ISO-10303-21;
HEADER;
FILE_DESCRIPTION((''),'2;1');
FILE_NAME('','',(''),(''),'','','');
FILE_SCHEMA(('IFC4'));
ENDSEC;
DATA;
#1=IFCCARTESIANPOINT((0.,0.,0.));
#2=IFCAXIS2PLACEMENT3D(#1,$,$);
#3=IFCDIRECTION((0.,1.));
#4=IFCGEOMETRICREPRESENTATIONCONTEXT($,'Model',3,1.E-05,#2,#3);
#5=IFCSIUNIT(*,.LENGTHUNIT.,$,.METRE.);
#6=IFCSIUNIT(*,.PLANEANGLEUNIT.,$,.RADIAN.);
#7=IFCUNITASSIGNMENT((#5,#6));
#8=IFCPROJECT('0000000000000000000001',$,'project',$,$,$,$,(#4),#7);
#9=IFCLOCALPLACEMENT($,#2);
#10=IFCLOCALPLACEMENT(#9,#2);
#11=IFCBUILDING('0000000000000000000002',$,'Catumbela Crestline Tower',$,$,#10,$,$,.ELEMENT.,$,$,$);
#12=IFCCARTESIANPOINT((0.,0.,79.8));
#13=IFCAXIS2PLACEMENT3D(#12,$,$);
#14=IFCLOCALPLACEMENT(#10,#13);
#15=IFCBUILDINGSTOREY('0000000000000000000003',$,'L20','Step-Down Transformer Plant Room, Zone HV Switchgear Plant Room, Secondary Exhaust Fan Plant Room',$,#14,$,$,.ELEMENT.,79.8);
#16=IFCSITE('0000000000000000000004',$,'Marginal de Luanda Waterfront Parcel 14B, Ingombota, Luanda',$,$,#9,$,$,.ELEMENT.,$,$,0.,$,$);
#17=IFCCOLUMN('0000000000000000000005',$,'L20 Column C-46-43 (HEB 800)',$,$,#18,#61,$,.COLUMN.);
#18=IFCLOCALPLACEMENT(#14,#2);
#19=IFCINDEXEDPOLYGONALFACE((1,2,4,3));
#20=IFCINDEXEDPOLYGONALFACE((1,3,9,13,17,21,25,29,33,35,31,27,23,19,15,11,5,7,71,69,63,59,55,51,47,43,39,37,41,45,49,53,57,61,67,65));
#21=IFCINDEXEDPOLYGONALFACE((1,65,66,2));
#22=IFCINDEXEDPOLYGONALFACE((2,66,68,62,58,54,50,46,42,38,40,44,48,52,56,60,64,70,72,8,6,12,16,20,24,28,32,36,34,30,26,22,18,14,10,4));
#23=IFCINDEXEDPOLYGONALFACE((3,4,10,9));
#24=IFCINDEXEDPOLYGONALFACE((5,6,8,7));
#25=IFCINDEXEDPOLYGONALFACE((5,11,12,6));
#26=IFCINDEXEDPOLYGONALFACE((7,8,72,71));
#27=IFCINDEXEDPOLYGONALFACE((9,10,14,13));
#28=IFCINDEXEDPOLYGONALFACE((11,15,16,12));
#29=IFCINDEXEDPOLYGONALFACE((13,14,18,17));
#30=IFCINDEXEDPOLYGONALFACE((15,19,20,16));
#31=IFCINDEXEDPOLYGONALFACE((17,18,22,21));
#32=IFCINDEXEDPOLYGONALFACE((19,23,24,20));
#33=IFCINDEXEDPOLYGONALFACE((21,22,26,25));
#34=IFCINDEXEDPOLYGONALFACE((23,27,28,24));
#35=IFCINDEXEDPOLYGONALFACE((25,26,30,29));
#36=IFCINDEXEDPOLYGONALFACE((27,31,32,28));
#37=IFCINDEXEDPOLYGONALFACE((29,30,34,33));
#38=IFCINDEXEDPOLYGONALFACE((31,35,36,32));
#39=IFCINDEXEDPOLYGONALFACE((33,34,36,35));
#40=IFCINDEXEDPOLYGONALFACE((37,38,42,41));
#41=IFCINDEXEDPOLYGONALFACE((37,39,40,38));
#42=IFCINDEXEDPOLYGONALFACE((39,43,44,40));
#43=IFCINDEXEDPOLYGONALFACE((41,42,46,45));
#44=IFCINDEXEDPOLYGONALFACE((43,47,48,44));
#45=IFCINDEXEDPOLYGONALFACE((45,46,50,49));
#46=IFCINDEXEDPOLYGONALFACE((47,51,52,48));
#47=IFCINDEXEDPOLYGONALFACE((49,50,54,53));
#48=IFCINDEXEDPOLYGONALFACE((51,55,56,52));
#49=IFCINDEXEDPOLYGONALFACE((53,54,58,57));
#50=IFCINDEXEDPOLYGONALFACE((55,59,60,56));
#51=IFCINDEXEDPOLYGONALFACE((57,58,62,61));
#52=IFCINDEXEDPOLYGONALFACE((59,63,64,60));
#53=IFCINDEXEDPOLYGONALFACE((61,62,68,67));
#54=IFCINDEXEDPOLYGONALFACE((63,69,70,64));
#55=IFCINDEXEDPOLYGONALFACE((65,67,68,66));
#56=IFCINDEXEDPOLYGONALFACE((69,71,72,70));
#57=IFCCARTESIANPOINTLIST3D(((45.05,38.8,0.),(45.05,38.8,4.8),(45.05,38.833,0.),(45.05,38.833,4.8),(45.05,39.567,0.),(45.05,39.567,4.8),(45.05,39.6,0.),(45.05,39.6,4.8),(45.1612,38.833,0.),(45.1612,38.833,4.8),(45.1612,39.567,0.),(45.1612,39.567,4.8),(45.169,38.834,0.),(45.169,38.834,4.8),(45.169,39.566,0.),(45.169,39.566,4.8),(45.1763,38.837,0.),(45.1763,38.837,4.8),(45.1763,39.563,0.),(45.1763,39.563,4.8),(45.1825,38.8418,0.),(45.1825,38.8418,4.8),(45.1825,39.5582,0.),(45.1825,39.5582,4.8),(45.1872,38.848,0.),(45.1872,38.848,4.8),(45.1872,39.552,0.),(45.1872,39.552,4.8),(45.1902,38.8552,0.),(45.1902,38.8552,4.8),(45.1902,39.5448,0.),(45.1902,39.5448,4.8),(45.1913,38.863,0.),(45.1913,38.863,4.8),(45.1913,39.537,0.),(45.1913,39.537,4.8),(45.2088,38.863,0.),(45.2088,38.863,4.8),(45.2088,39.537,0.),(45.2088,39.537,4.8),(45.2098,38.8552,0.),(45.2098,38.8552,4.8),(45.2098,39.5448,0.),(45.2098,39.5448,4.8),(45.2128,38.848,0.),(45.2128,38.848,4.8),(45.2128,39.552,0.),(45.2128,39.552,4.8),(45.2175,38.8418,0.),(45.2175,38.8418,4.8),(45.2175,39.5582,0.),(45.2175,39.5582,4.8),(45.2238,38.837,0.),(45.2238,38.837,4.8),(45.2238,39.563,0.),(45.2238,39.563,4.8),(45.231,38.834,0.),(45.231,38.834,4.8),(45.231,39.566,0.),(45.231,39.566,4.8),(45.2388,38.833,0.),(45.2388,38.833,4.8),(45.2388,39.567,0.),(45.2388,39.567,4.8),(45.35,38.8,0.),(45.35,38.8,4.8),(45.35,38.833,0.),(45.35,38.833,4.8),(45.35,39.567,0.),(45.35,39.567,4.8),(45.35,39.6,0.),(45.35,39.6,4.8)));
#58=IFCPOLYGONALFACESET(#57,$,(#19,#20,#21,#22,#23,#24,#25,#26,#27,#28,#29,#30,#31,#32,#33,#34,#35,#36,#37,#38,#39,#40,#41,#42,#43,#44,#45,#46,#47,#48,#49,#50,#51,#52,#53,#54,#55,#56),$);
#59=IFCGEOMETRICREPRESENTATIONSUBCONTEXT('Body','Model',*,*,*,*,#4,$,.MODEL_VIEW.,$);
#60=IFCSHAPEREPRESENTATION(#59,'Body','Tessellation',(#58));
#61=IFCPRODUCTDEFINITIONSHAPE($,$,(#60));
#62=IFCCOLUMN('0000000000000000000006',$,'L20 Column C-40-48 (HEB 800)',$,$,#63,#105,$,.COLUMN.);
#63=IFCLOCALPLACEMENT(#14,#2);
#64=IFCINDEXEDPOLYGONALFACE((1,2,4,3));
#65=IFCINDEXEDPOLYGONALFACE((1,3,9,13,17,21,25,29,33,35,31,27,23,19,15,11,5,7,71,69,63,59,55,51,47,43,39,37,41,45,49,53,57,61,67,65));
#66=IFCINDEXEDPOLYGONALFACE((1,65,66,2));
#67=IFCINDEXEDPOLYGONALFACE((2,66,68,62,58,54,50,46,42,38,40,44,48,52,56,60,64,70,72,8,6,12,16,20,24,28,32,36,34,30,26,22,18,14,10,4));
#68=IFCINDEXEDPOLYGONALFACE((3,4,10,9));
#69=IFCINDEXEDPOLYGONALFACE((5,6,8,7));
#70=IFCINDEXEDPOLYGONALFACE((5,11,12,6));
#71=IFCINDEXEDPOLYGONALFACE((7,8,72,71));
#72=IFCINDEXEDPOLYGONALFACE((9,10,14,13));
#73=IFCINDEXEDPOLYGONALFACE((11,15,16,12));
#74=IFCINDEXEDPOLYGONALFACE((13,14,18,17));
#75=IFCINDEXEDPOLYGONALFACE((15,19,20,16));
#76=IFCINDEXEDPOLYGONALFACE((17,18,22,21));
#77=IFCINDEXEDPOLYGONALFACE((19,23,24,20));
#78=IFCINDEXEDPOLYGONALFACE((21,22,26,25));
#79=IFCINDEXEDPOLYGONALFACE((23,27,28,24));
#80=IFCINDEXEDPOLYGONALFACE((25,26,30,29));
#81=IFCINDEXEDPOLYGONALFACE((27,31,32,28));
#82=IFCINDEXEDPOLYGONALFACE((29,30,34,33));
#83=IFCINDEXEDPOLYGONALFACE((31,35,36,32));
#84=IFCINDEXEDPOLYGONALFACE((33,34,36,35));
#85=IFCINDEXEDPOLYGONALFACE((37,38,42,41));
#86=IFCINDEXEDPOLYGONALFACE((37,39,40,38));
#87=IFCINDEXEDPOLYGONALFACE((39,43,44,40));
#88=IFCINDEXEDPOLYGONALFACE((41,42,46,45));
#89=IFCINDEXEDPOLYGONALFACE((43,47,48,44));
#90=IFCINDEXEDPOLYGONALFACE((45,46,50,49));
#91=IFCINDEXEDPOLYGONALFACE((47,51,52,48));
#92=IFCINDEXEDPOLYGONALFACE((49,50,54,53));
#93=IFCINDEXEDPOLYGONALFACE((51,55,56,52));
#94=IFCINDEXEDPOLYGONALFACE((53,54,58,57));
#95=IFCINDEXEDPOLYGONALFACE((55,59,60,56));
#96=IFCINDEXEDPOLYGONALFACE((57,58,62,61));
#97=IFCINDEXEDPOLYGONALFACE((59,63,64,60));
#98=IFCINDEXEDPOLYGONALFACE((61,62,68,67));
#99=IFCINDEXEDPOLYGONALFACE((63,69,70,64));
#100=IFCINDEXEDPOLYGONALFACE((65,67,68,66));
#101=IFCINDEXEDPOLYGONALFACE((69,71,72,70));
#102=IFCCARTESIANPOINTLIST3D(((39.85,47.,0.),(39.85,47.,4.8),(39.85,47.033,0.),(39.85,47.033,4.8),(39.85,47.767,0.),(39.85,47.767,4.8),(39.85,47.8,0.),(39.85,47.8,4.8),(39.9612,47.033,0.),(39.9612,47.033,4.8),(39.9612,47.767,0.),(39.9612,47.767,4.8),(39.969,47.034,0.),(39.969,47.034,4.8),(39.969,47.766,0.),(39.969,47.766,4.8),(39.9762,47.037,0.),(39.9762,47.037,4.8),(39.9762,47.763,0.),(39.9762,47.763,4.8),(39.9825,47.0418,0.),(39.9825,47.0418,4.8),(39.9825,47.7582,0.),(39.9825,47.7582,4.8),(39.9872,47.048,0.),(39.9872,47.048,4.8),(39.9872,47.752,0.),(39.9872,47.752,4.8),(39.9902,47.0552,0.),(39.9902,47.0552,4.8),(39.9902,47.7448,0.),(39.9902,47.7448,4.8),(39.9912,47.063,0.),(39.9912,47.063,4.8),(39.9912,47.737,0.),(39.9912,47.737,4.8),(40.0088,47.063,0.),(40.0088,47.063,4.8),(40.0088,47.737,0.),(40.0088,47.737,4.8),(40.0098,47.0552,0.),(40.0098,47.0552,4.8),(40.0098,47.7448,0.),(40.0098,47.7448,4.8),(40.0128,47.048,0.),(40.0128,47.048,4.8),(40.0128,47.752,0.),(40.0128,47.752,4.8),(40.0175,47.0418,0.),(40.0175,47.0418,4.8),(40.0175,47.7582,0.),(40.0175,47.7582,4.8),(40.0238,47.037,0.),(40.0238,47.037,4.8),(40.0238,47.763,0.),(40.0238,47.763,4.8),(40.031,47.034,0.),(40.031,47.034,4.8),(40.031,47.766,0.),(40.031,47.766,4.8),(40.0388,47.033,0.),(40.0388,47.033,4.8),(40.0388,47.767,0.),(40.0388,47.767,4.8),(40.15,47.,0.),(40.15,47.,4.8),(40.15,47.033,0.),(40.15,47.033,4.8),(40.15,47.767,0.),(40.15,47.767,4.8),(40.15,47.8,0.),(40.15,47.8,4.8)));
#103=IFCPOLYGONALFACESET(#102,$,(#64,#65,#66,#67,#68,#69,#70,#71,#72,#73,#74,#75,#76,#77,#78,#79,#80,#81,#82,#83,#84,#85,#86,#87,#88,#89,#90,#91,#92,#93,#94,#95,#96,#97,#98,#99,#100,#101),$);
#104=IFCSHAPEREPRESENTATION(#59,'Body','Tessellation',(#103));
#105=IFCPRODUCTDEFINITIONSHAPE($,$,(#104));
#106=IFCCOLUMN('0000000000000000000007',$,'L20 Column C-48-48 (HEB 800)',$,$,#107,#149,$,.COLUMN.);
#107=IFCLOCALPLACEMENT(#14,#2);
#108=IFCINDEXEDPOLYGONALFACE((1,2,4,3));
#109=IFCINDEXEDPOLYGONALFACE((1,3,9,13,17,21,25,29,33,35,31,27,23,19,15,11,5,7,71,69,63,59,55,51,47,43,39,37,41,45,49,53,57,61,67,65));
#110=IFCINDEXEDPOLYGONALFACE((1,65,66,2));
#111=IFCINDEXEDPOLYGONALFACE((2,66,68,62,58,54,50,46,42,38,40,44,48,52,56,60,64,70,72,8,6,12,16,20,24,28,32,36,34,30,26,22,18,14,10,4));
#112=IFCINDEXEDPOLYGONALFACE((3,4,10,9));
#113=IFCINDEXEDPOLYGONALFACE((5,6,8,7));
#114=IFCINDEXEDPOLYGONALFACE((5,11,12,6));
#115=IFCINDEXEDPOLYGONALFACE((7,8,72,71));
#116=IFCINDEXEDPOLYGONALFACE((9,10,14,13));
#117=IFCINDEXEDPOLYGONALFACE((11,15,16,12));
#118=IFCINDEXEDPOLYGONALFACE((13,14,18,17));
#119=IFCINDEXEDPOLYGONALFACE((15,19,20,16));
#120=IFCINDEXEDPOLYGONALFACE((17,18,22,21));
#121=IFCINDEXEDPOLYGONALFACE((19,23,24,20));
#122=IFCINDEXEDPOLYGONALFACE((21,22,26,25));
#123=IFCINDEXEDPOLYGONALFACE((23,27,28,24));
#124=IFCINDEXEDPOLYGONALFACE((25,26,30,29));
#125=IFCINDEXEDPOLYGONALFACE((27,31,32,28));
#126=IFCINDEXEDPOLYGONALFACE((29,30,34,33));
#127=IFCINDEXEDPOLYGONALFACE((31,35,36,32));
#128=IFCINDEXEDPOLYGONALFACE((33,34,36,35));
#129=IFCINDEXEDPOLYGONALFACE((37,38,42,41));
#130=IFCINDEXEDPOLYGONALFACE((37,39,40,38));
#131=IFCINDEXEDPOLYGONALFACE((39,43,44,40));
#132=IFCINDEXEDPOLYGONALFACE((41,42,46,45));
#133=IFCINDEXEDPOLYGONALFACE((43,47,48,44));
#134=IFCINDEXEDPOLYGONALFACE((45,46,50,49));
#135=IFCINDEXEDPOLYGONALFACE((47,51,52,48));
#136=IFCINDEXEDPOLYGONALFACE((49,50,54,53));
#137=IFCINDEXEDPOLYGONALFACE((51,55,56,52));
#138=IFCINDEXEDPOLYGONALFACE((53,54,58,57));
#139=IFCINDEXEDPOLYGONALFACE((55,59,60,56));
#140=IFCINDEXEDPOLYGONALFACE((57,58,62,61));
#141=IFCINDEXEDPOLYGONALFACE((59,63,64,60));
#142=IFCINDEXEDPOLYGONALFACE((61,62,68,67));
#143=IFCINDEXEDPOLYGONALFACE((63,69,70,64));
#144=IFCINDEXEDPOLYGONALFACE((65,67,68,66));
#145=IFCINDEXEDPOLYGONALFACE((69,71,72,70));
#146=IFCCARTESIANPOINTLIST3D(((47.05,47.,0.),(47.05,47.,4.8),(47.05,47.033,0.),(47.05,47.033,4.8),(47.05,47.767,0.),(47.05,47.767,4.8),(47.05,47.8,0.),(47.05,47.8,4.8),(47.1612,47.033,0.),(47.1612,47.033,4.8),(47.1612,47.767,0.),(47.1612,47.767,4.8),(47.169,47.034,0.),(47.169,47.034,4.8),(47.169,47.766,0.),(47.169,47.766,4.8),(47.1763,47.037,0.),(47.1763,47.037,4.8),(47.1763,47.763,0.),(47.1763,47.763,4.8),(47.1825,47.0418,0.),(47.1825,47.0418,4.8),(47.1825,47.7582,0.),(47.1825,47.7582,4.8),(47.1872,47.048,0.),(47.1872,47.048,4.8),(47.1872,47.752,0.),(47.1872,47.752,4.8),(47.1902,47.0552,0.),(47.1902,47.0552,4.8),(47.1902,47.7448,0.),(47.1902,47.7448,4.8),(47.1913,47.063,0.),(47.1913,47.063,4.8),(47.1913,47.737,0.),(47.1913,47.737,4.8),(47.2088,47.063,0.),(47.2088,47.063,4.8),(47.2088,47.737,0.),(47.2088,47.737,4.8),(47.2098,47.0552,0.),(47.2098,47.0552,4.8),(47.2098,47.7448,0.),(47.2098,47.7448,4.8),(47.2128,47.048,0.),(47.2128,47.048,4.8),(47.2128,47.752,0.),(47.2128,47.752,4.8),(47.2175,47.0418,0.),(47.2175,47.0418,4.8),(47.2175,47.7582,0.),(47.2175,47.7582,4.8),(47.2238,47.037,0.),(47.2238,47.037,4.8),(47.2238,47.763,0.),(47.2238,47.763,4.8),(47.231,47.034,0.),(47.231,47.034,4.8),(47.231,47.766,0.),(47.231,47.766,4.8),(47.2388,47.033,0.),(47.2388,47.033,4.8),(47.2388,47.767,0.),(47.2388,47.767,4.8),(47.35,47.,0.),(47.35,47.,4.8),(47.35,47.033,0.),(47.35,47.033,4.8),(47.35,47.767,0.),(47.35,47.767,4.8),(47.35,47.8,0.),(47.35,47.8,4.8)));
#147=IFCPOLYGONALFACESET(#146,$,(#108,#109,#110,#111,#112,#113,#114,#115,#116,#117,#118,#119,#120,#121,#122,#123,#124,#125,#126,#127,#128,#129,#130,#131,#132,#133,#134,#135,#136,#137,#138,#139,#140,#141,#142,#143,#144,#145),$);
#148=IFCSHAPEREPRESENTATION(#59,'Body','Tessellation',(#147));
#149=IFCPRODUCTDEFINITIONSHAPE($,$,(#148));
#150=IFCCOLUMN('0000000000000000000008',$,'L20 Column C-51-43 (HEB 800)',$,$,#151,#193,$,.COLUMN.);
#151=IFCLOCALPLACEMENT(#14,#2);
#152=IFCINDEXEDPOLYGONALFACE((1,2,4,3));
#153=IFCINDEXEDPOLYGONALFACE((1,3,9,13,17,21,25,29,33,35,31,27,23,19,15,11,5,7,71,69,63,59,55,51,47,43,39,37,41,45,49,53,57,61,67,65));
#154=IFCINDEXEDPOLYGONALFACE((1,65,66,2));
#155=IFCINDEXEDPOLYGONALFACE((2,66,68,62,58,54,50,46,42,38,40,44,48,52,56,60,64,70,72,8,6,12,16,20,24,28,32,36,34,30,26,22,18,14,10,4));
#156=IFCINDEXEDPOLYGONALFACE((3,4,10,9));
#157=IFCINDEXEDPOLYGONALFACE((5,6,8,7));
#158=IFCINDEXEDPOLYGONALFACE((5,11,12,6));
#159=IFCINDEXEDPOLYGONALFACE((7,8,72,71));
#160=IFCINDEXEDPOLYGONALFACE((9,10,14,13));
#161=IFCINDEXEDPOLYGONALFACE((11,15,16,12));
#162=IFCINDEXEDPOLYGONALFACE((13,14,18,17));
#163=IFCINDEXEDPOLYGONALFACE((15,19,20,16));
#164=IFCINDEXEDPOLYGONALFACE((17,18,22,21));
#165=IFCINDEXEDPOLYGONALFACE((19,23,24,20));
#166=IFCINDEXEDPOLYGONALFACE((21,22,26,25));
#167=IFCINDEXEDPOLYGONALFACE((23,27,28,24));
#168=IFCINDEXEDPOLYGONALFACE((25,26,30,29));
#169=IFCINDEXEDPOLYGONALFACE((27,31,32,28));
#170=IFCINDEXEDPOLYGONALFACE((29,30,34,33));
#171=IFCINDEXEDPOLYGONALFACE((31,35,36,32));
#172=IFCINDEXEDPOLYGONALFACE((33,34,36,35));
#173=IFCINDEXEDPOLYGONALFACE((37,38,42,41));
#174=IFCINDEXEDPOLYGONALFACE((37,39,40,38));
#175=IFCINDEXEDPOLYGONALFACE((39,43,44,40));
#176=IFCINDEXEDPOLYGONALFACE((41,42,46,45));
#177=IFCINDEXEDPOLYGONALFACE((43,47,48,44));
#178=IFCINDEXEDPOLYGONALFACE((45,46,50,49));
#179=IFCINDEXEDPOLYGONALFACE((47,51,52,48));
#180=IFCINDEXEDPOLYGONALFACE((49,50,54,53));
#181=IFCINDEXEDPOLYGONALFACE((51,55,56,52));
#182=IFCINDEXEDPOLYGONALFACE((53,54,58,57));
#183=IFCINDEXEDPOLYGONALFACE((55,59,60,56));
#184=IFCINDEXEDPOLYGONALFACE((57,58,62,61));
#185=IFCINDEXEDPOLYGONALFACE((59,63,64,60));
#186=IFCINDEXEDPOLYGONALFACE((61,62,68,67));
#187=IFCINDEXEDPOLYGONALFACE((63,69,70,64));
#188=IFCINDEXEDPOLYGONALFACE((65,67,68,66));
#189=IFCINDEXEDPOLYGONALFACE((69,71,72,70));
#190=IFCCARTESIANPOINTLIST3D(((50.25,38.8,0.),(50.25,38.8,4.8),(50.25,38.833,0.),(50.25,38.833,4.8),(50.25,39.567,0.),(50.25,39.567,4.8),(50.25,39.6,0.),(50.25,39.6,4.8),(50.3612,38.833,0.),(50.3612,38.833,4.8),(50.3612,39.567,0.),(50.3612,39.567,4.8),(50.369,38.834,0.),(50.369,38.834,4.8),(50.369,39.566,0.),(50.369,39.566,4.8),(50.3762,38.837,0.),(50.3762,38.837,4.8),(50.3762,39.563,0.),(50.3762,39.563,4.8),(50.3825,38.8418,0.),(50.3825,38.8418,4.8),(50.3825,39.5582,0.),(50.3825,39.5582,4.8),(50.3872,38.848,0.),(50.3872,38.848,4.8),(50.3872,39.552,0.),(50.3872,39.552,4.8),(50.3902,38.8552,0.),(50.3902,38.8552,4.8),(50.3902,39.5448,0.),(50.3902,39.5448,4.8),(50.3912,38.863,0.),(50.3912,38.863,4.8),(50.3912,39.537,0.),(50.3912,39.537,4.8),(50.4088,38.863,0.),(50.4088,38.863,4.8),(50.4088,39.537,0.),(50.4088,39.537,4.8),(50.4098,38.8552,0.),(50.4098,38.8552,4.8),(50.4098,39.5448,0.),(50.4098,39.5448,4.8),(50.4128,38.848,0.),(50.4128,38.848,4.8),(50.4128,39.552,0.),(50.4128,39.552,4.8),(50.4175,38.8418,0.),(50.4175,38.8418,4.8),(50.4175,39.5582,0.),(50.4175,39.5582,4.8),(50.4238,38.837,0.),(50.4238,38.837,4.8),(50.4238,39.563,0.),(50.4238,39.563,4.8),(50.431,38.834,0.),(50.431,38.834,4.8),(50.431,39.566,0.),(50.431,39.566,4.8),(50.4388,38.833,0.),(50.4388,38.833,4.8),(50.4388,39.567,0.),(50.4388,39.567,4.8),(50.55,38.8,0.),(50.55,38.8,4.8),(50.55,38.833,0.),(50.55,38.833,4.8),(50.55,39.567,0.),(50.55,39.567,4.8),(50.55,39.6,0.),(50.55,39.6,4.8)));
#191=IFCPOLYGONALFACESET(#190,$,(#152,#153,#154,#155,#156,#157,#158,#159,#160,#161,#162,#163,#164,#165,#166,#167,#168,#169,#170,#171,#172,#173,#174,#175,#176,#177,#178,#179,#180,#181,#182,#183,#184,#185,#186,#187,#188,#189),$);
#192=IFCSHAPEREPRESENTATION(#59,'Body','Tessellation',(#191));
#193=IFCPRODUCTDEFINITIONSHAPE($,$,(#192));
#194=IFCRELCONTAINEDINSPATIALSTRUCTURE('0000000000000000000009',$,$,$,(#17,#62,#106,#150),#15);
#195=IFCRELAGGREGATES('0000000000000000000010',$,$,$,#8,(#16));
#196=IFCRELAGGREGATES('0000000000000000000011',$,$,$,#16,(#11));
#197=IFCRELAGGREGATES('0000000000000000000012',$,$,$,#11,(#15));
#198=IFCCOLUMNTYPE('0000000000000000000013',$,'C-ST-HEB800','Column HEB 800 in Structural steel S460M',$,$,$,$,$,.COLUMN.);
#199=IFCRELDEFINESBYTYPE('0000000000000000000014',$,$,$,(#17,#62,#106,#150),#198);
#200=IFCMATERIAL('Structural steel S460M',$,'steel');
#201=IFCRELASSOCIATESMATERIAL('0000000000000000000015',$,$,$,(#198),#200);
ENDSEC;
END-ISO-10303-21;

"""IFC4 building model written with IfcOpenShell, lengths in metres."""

from ifc_helpers import new_model, si_unit, direction, frame, origin, origin_2d, place, context, subcontext, project, spatial, i_section, extrude, material, material_profile, profile_set, type_object, element, save


model = new_model("IFC4")

# Units and contexts
model_context = context("Model", 3, precision=1e-05, world=origin(), true_north=direction((0.0, 1.0)))
body_context = subcontext(model_context, "Body", "Model", "MODEL_VIEW")
ifc_project = project(units=[si_unit("LENGTHUNIT", "METRE"), si_unit("PLANEANGLEUNIT", "RADIAN")], contexts=[model_context])

# Site, building, storey
site_placement = place(None, origin())
site = spatial("IfcSite", under=ifc_project, at=site_placement, Name="Marginal de Luanda Waterfront Parcel 14B, Ingombota, Luanda", CompositionType="ELEMENT", RefElevation=0.0)
building_placement = place(site_placement, origin())
building = spatial("IfcBuilding", under=site, at=building_placement, Name="Catumbela Crestline Tower", CompositionType="ELEMENT")
storey_placement = place(building_placement, frame((0.0, 0.0, 79.8)))
storey = spatial("IfcBuildingStorey", under=building, at=storey_placement, Name="L20", Description="Step-Down Transformer Plant Room, Zone HV Switchgear Plant Room, Secondary Exhaust Fan Plant Room", CompositionType="ELEMENT", Elevation=79.8)

# Columns
ifc_material_1 = material(Name="Structural steel S460M", Category="steel")
ifc_material_profile_1 = material_profile(ifc_material_1, i_section(OverallWidth=0.3, OverallDepth=0.8, WebThickness=0.0175, FlangeThickness=0.033, FilletRadius=0.03, at=origin_2d()), Name="HEB 800")
ifc_profile_set_1 = profile_set([ifc_material_profile_1], Name="Structural steel S460M")
column_type_1 = type_object("IfcColumnType", Name="C-ST-HEB800", Description="Column HEB 800 in Structural steel S460M", PredefinedType="COLUMN", material=ifc_profile_set_1)
for number, where, z_axis, x_axis, name in (
    (1, (45.2, 39.2, 0.0), (0.0, 0.0, 1.0), (1.0, 0.0, 0.0), "L20 Column C-46-43 (HEB 800)"),
    (2, (40.0, 47.4, 0.0), (0.0, 0.0, 1.0), (1.0, 0.0, 0.0), "L20 Column C-40-48 (HEB 800)"),
    (3, (47.2, 47.4, 0.0), (0.0, 0.0, 1.0), (1.0, 0.0, 0.0), "L20 Column C-48-48 (HEB 800)"),
    (4, (50.4, 39.2, 0.0), (0.0, 0.0, 1.0), (1.0, 0.0, 0.0), "L20 Column C-51-43 (HEB 800)"),
):
    element("IfcColumn", number, at=place(storey_placement, frame(where, z_axis=z_axis, x_axis=x_axis)), inside=storey, type_object=column_type_1, Name=name, PredefinedType="COLUMN", context=body_context, shape_type="SweptSolid", body=[
        extrude(i_section(OverallWidth=0.3, OverallDepth=0.8, WebThickness=0.0175, FlangeThickness=0.033, FilletRadius=0.03, at=origin_2d()), origin(), (0.0, 0.0, 1.0), 4.8),
    ])

save(model, "model.ifc")
